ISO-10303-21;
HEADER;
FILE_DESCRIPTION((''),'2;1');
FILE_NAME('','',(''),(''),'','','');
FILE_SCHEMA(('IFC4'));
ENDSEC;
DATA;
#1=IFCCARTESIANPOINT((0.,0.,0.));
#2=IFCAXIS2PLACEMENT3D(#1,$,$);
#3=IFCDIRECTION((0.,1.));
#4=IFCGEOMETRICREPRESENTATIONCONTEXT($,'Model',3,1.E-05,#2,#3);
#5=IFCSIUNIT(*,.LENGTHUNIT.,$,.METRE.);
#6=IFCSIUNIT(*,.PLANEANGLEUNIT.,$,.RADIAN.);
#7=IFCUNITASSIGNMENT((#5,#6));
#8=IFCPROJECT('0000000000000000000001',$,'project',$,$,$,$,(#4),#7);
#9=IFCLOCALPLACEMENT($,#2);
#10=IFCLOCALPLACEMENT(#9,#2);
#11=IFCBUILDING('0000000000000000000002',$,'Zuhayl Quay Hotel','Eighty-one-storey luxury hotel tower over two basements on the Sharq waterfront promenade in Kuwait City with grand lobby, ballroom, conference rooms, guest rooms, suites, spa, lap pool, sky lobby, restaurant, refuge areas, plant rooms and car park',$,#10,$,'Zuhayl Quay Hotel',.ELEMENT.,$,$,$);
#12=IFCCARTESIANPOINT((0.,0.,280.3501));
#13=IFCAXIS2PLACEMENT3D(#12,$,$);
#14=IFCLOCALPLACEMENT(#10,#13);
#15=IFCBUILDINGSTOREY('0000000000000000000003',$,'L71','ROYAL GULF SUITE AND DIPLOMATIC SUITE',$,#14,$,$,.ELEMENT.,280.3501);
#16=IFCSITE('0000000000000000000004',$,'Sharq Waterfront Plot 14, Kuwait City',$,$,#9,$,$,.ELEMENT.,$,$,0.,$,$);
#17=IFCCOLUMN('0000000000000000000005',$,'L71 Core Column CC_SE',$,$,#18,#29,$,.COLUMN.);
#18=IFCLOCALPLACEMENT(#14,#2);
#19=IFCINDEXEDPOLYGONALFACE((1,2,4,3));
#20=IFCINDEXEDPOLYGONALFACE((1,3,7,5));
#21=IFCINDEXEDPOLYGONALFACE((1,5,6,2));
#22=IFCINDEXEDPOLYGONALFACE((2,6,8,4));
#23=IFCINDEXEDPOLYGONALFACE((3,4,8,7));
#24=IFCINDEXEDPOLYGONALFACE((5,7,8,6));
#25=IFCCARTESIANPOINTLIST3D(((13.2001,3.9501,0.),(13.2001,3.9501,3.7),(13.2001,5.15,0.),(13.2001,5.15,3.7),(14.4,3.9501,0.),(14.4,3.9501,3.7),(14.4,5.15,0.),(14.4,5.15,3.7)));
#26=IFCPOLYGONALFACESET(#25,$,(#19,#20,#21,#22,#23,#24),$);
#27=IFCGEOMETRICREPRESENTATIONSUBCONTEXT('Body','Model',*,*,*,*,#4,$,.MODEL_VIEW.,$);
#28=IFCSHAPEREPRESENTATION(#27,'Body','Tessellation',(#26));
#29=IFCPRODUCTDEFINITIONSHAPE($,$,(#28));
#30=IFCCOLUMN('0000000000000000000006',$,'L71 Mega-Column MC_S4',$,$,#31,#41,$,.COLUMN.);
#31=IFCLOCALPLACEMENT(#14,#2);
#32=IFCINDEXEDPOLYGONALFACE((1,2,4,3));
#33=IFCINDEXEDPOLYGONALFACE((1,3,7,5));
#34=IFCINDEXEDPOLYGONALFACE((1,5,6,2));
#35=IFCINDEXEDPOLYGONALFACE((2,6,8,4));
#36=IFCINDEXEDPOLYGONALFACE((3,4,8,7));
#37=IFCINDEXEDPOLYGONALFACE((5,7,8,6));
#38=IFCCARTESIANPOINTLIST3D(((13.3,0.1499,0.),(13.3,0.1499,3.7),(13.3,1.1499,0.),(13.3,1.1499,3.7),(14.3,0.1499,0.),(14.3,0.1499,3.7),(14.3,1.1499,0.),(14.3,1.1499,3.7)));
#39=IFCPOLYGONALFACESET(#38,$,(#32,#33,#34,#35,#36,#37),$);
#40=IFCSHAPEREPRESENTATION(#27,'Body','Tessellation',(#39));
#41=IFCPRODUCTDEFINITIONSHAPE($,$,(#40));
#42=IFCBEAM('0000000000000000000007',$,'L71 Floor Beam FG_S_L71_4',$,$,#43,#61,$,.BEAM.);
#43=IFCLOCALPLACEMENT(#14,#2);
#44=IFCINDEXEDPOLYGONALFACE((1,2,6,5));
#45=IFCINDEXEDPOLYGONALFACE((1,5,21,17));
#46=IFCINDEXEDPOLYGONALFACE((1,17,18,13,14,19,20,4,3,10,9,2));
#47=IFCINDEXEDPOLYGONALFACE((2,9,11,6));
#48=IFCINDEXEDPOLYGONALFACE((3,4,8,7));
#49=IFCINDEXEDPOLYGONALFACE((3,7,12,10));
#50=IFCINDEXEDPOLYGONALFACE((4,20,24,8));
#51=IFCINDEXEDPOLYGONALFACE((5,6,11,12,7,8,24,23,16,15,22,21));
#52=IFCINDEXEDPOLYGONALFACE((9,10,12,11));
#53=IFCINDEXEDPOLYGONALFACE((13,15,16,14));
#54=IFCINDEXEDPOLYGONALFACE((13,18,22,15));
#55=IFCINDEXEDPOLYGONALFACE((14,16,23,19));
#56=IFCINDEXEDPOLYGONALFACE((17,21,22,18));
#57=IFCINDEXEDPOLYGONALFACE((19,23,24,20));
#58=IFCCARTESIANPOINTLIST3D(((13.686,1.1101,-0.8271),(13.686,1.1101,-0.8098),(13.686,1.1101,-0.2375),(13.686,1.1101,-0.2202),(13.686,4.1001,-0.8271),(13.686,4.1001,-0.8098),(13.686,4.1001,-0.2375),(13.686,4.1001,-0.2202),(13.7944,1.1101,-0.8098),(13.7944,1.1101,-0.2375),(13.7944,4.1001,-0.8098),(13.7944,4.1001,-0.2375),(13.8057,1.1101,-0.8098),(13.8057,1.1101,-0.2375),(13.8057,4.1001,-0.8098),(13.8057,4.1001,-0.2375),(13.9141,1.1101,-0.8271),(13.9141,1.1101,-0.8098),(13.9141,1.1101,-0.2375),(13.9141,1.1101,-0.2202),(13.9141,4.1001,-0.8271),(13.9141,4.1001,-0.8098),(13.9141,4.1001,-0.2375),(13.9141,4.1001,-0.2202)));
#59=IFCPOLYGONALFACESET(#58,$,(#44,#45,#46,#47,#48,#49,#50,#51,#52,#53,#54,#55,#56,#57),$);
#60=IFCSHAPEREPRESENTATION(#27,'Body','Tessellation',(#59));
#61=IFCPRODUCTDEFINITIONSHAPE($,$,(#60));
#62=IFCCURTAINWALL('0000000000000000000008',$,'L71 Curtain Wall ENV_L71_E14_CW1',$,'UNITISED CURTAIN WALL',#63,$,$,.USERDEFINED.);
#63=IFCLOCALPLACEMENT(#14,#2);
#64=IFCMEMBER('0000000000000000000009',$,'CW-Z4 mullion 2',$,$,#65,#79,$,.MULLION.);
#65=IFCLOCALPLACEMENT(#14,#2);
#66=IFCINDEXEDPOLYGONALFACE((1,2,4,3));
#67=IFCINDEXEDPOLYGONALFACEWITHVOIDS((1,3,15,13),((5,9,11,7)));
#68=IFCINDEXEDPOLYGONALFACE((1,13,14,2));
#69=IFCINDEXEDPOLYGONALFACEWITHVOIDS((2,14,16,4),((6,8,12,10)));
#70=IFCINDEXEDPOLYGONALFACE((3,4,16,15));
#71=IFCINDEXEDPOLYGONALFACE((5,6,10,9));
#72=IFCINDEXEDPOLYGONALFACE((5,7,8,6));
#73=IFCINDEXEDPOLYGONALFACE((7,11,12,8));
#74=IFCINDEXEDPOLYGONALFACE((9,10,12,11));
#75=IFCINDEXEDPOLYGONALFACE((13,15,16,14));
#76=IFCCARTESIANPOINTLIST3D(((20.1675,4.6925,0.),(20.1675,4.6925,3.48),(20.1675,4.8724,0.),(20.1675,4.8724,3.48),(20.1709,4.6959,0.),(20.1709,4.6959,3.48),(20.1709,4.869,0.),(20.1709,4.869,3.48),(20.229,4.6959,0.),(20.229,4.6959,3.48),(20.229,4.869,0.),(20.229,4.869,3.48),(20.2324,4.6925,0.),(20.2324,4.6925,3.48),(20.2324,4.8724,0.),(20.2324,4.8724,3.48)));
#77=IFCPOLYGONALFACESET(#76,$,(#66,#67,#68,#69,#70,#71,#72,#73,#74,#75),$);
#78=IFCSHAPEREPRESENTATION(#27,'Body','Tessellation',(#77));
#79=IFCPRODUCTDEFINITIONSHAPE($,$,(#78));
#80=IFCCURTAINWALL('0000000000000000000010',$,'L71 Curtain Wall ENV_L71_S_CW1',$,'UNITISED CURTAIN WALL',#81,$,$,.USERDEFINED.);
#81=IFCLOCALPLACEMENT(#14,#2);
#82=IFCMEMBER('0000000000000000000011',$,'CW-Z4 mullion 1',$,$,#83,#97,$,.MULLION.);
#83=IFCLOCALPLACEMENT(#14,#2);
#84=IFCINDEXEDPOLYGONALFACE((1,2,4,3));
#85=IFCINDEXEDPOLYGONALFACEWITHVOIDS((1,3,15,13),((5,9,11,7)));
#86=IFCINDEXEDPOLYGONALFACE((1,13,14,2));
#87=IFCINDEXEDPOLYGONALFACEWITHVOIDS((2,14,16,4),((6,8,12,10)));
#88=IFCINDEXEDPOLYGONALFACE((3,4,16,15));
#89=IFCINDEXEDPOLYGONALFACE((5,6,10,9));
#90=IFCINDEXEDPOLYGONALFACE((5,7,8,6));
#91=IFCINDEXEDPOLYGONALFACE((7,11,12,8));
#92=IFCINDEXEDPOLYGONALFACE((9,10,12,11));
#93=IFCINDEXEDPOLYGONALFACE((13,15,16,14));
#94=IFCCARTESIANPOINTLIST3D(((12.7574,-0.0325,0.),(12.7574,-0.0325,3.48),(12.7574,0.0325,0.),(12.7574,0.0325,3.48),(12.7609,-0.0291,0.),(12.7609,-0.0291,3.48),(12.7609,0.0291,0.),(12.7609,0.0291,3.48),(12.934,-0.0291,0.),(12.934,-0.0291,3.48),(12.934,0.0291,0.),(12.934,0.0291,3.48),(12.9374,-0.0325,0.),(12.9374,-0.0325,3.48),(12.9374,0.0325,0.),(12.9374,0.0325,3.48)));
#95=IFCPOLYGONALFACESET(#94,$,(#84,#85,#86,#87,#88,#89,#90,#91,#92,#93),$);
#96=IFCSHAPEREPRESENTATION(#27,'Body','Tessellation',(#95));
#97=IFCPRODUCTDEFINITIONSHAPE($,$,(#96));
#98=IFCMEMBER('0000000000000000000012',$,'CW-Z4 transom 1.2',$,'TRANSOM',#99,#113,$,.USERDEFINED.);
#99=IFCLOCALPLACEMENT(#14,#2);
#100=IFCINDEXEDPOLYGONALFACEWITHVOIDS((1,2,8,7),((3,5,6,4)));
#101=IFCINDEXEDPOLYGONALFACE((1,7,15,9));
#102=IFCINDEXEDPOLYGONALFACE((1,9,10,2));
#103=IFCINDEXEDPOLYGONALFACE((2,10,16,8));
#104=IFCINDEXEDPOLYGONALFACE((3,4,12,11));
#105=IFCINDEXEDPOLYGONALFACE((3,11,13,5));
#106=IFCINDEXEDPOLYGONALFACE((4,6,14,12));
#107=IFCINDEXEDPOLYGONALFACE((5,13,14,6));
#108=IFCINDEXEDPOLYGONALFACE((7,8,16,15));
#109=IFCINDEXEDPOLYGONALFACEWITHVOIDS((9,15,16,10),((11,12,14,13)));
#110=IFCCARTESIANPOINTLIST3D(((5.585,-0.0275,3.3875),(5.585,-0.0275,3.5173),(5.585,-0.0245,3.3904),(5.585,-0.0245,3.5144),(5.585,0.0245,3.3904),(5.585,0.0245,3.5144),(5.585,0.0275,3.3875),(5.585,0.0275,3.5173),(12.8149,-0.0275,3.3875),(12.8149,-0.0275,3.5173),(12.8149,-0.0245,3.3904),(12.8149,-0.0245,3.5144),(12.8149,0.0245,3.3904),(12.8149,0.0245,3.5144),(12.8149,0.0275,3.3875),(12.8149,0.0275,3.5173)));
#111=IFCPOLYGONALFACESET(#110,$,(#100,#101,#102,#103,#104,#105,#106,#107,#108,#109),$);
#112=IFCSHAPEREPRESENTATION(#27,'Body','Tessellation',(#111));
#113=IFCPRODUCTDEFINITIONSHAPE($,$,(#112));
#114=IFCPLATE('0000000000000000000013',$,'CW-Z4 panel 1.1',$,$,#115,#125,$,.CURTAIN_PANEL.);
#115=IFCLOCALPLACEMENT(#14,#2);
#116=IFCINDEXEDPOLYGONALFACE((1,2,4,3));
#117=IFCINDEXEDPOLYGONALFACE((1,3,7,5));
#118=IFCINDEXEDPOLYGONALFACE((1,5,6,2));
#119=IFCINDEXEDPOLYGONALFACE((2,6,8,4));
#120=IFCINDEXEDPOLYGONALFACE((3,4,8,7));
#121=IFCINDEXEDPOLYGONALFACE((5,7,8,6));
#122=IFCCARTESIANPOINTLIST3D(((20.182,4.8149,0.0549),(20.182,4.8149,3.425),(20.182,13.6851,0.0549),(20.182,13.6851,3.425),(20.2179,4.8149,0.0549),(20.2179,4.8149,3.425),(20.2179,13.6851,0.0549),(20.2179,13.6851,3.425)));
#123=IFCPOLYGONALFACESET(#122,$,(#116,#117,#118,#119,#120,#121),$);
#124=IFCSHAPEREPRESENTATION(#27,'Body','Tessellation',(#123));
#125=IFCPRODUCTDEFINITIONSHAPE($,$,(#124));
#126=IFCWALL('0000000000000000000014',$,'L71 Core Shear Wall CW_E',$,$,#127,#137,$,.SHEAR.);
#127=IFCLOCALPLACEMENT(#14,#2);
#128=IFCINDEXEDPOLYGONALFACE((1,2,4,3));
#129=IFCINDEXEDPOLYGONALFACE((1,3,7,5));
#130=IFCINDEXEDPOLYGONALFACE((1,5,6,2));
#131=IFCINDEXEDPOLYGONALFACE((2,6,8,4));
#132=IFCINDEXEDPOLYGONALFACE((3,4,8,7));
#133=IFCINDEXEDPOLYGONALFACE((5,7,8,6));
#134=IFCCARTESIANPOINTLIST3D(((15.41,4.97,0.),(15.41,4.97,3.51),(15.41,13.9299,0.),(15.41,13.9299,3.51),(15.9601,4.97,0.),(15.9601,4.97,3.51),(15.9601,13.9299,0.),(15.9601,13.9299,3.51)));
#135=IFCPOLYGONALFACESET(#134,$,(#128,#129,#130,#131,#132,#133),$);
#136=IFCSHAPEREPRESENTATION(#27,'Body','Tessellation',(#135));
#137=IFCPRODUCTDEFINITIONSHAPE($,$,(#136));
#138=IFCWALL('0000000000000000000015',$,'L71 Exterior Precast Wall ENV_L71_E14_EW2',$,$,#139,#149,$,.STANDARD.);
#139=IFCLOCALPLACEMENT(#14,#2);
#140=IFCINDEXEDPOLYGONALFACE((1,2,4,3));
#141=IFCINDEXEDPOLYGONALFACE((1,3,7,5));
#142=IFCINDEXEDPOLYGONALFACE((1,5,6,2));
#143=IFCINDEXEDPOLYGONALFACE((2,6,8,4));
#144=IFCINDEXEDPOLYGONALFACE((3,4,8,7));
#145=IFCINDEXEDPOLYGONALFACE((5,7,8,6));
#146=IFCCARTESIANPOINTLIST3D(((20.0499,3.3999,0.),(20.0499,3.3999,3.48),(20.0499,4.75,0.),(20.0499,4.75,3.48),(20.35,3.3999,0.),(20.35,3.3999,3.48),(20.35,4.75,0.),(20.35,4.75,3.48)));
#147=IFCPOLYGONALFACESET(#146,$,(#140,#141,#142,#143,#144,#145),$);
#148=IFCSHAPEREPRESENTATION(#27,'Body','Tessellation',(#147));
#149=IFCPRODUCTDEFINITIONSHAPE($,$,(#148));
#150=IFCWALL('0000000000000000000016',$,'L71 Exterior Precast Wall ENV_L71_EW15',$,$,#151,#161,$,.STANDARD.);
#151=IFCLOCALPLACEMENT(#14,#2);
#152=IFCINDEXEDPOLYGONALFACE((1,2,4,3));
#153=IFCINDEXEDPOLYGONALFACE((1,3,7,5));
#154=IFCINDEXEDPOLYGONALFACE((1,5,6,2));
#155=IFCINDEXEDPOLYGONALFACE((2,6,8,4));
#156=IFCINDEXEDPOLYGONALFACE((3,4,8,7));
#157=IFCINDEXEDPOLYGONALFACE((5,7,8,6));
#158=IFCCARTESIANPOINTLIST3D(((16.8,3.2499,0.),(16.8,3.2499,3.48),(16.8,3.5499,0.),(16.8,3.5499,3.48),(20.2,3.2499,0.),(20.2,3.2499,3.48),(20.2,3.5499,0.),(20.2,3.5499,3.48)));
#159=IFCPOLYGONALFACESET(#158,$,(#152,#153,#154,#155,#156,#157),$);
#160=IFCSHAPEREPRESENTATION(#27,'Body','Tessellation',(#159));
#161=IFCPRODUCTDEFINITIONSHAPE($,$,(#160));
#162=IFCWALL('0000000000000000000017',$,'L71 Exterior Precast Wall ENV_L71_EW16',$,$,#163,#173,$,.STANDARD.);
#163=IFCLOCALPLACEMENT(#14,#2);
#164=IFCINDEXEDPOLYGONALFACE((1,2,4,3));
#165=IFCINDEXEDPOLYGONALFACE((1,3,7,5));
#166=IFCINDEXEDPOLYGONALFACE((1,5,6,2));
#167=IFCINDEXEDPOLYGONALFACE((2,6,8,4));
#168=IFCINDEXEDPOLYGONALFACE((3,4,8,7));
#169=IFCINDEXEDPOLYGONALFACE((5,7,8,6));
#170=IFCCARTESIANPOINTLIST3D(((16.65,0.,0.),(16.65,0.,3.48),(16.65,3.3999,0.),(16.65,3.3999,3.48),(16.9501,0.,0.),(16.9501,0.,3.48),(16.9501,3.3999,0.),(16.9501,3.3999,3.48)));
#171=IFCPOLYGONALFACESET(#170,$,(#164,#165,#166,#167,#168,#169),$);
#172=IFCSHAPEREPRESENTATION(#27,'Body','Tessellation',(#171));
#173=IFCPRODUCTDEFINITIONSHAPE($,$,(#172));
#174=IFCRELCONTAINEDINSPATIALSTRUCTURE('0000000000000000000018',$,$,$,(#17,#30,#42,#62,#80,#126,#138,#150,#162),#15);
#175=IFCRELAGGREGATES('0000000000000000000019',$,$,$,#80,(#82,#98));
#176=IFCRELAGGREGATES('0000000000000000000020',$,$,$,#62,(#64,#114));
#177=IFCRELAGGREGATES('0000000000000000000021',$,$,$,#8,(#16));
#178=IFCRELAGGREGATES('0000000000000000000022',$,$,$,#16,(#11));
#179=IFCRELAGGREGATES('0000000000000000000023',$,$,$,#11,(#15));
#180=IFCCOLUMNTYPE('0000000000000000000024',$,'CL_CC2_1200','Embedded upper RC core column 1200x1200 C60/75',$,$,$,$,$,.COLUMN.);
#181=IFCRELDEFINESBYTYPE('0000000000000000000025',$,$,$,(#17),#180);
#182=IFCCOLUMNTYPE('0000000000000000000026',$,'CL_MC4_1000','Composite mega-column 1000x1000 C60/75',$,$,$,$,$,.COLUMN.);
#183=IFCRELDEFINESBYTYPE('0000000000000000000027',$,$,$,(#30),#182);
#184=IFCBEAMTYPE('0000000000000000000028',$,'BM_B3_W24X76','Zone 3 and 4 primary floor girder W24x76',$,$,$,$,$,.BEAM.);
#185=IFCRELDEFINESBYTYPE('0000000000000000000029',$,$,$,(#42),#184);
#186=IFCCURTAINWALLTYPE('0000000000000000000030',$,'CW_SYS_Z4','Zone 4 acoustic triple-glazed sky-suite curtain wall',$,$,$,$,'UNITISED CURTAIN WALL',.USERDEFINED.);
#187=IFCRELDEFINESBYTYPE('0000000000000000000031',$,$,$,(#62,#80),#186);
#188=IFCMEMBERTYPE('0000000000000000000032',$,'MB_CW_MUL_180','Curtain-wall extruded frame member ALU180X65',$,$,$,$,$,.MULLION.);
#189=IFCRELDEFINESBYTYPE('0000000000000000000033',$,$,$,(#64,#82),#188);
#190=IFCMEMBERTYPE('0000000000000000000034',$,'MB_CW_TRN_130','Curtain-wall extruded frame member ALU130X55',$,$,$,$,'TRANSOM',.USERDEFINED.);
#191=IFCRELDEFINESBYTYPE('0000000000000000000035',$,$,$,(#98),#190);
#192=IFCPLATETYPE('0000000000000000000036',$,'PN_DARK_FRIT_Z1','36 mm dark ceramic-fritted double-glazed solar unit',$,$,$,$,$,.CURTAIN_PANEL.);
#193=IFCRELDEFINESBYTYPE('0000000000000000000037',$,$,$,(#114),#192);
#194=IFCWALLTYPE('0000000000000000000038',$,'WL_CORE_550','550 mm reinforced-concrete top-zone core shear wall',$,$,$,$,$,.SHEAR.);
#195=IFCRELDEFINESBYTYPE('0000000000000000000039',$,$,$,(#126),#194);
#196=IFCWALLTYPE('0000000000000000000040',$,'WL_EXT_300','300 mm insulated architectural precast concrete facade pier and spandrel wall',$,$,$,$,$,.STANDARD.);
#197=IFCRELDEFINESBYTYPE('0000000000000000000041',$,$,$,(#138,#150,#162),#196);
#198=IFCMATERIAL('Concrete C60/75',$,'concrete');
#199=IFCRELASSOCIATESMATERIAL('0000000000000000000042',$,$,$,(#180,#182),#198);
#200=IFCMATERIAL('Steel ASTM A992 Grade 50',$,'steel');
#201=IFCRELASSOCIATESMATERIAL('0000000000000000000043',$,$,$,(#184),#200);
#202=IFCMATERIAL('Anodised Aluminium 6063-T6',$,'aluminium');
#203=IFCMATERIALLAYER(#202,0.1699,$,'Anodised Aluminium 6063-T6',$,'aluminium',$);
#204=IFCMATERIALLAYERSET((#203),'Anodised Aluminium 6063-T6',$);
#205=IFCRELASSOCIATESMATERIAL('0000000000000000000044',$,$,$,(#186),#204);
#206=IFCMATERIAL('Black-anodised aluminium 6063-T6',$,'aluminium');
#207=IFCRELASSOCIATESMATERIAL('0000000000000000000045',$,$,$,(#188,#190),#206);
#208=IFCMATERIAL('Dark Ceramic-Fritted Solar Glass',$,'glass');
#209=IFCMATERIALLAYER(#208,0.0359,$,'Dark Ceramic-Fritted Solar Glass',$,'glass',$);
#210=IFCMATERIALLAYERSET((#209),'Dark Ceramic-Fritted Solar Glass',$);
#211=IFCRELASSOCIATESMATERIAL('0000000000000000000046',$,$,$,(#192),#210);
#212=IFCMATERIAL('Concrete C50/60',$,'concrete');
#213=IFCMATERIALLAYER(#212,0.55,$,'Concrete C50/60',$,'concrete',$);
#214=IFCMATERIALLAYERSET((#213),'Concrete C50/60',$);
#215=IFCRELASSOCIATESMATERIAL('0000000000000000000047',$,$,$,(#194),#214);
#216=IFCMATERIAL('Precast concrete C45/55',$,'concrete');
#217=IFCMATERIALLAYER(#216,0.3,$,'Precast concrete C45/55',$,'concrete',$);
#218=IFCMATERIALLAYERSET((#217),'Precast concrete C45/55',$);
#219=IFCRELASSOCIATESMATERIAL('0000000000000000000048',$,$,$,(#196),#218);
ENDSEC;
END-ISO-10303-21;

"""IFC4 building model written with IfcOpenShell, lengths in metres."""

from ifc_helpers import new_model, si_unit, direction, frame, frame_2d, origin, origin_2d, place, context, subcontext, project, spatial, rectangle, hollow_rectangle, i_section, extrude, material, layer, layer_set, material_profile, profile_set, type_object, element, aggregate, save


model = new_model("IFC4")

# Units and contexts
model_context = context("Model", 3, precision=1e-05, world=origin(), true_north=direction((0.0, 1.0)))
body_context = subcontext(model_context, "Body", "Model", "MODEL_VIEW")
ifc_project = project(units=[si_unit("LENGTHUNIT", "METRE"), si_unit("PLANEANGLEUNIT", "RADIAN")], contexts=[model_context])

# Site, building, storey
site_placement = place(None, origin())
site = spatial("IfcSite", under=ifc_project, at=site_placement, Name="Sharq Waterfront Plot 14, Kuwait City", CompositionType="ELEMENT", RefElevation=0.0)
building_placement = place(site_placement, origin())
building = spatial("IfcBuilding", under=site, at=building_placement, Name="Zuhayl Quay Hotel", Description="Eighty-one-storey luxury hotel tower over two basements on the Sharq waterfront promenade in Kuwait City with grand lobby, ballroom, conference rooms, guest rooms, suites, spa, lap pool, sky lobby, restaurant, refuge areas, plant rooms and car park", LongName="Zuhayl Quay Hotel", CompositionType="ELEMENT")
storey_placement = place(building_placement, frame((0.0, 0.0, 280.3501)))
storey = spatial("IfcBuildingStorey", under=building, at=storey_placement, Name="L71", Description="ROYAL GULF SUITE AND DIPLOMATIC SUITE", CompositionType="ELEMENT", Elevation=280.3501)

# Columns
ifc_material_1 = material(Name="Concrete C60/75", Category="concrete")
ifc_material_profile_1 = material_profile(ifc_material_1, rectangle(XDim=1.2, YDim=1.2, at=origin_2d()), Name="RC1200X1200")
ifc_profile_set_1 = profile_set([ifc_material_profile_1], Name="Concrete C60/75")
column_type_1 = type_object("IfcColumnType", Name="CL_CC2_1200", Description="Embedded upper RC core column 1200x1200 C60/75", PredefinedType="COLUMN", material=ifc_profile_set_1)
column_1_placement = place(storey_placement, frame((13.8, 4.55, 0.0), z_axis=(0.0, 0.0, 1.0), x_axis=(1.0, 0.0, 0.0)))
element("IfcColumn", 1, at=column_1_placement, inside=storey, type_object=column_type_1, Name="L71 Core Column CC_SE", PredefinedType="COLUMN", context=body_context, shape_type="SweptSolid", body=[
    extrude(rectangle(XDim=1.2, YDim=1.2, at=origin_2d()), origin(), (0.0, 0.0, 1.0), 3.7),
])
ifc_material_profile_2 = material_profile(ifc_material_1, rectangle(XDim=1.0, YDim=1.0, at=origin_2d()), Name="RC1000X1000")
ifc_profile_set_2 = profile_set([ifc_material_profile_2], Name="Concrete C60/75")
column_type_2 = type_object("IfcColumnType", Name="CL_MC4_1000", Description="Composite mega-column 1000x1000 C60/75", PredefinedType="COLUMN", material=ifc_profile_set_2)
column_2_placement = place(storey_placement, frame((13.8, 0.6499, 0.0), z_axis=(0.0, 0.0, 1.0), x_axis=(1.0, 0.0, 0.0)))
element("IfcColumn", 2, at=column_2_placement, inside=storey, type_object=column_type_2, Name="L71 Mega-Column MC_S4", PredefinedType="COLUMN", context=body_context, shape_type="SweptSolid", body=[
    extrude(rectangle(XDim=1.0, YDim=1.0, at=origin_2d()), origin(), (0.0, 0.0, 1.0), 3.7),
])

# Beam
ifc_material_2 = material(Name="Steel ASTM A992 Grade 50", Category="steel")
ifc_material_profile_3 = material_profile(ifc_material_2, i_section(OverallWidth=0.228, OverallDepth=0.6069, WebThickness=0.0112, FlangeThickness=0.0173, at=origin_2d()), Name="W24X76")
ifc_profile_set_3 = profile_set([ifc_material_profile_3], Name="Steel ASTM A992 Grade 50")
beam_type = type_object("IfcBeamType", Name="BM_B3_W24X76", Description="Zone 3 and 4 primary floor girder W24x76", PredefinedType="BEAM", material=ifc_profile_set_3)
beam_placement = place(storey_placement, frame((13.8, 1.1101, -0.5237), z_axis=(0.0, 1.0, 0.0), x_axis=(-1.0, 0.0, 0.0)))
element("IfcBeam", 3, at=beam_placement, inside=storey, type_object=beam_type, Name="L71 Floor Beam FG_S_L71_4", PredefinedType="BEAM", context=body_context, shape_type="SweptSolid", body=[
    extrude(i_section(OverallWidth=0.228, OverallDepth=0.6069, WebThickness=0.0112, FlangeThickness=0.0173, at=origin_2d()), origin(), (0.0, 0.0, 1.0), 2.99),
])

# Curtain wall, member
ifc_material_3 = material(Name="Anodised Aluminium 6063-T6", Category="aluminium")
ifc_layer_1 = layer(ifc_material_3, 0.1699, Name="Anodised Aluminium 6063-T6", Category="aluminium")
ifc_layer_set_1 = layer_set([ifc_layer_1], Name="Anodised Aluminium 6063-T6")
curtain_wall_type = type_object("IfcCurtainWallType", Name="CW_SYS_Z4", Description="Zone 4 acoustic triple-glazed sky-suite curtain wall", ElementType="UNITISED CURTAIN WALL", PredefinedType="USERDEFINED", material=ifc_layer_set_1)
curtain_wall_1_placement = place(storey_placement, origin())
curtain_wall_1 = element("IfcCurtainWall", 4, at=curtain_wall_1_placement, inside=storey, type_object=curtain_wall_type, Name="L71 Curtain Wall ENV_L71_E14_CW1", ObjectType="UNITISED CURTAIN WALL", PredefinedType="USERDEFINED")
ifc_material_4 = material(Name="Black-anodised aluminium 6063-T6", Category="aluminium")
ifc_material_profile_4 = material_profile(ifc_material_4, hollow_rectangle(XDim=0.0649, YDim=0.1799, WallThickness=0.0034, at=origin_2d()), Name="ALU180X65")
ifc_profile_set_4 = profile_set([ifc_material_profile_4], Name="Black-anodised aluminium 6063-T6")
member_type_1 = type_object("IfcMemberType", Name="MB_CW_MUL_180", Description="Curtain-wall extruded frame member ALU180X65", PredefinedType="MULLION", material=ifc_profile_set_4)
member_1_placement = place(storey_placement, frame((20.2, 4.7825, 0.0), z_axis=(0.0, 0.0, 1.0), x_axis=(1.0, 0.0, 0.0)))
member_1 = element("IfcMember", 5, at=member_1_placement, type_object=member_type_1, Name="CW-Z4 mullion 2", PredefinedType="MULLION", context=body_context, shape_type="SweptSolid", body=[
    extrude(hollow_rectangle(XDim=0.0649, YDim=0.1799, WallThickness=0.0034, at=origin_2d()), origin(), (0.0, 0.0, 1.0), 3.48),
])

# Curtain wall, members
curtain_wall_2_placement = place(storey_placement, origin())
curtain_wall_2 = element("IfcCurtainWall", 6, at=curtain_wall_2_placement, inside=storey, type_object=curtain_wall_type, Name="L71 Curtain Wall ENV_L71_S_CW1", ObjectType="UNITISED CURTAIN WALL", PredefinedType="USERDEFINED")
member_2_placement = place(storey_placement, frame((12.8474, 0.0, 0.0), z_axis=(0.0, 0.0, 1.0), x_axis=(0.0, -1.0, 0.0)))
member_2 = element("IfcMember", 7, at=member_2_placement, type_object=member_type_1, Name="CW-Z4 mullion 1", PredefinedType="MULLION", context=body_context, shape_type="SweptSolid", body=[
    extrude(hollow_rectangle(XDim=0.0649, YDim=0.1799, WallThickness=0.0034, at=origin_2d()), origin(), (0.0, 0.0, 1.0), 3.48),
])
ifc_material_profile_5 = material_profile(ifc_material_4, hollow_rectangle(XDim=0.0549, YDim=0.1299, WallThickness=0.0029, at=origin_2d()), Name="ALU130X55")
ifc_profile_set_5 = profile_set([ifc_material_profile_5], Name="Black-anodised aluminium 6063-T6")
member_type_2 = type_object("IfcMemberType", Name="MB_CW_TRN_130", Description="Curtain-wall extruded frame member ALU130X55", ElementType="TRANSOM", PredefinedType="USERDEFINED", material=ifc_profile_set_5)
member_3_placement = place(storey_placement, frame((12.8149, 0.0, 3.4524), z_axis=(-1.0, 0.0, 0.0), x_axis=(0.0, -1.0, 0.0)))
member_3 = element("IfcMember", 8, at=member_3_placement, type_object=member_type_2, Name="CW-Z4 transom 1.2", ObjectType="TRANSOM", PredefinedType="USERDEFINED", context=body_context, shape_type="SweptSolid", body=[
    extrude(hollow_rectangle(XDim=0.0549, YDim=0.1299, WallThickness=0.0029, at=origin_2d()), origin(), (0.0, 0.0, 1.0), 7.23),
])
aggregate(curtain_wall_2, [member_2, member_3])

# Plate
ifc_material_5 = material(Name="Dark Ceramic-Fritted Solar Glass", Category="glass")
ifc_layer_2 = layer(ifc_material_5, 0.0359, Name="Dark Ceramic-Fritted Solar Glass", Category="glass")
ifc_layer_set_2 = layer_set([ifc_layer_2], Name="Dark Ceramic-Fritted Solar Glass")
plate_type = type_object("IfcPlateType", Name="PN_DARK_FRIT_Z1", Description="36 mm dark ceramic-fritted double-glazed solar unit", PredefinedType="CURTAIN_PANEL", material=ifc_layer_set_2)
plate_placement = place(storey_placement, frame((20.2, 9.25, 0.0549), z_axis=(0.0, 0.0, 1.0), x_axis=(0.0, -1.0, 0.0)))
plate = element("IfcPlate", 9, at=plate_placement, type_object=plate_type, Name="CW-Z4 panel 1.1", PredefinedType="CURTAIN_PANEL", context=body_context, shape_type="SweptSolid", body=[
    extrude(rectangle(XDim=8.8701, YDim=0.0359, at=origin_2d()), origin(), (0.0, 0.0, 1.0), 3.3701),
])
aggregate(curtain_wall_1, [member_1, plate])

# Walls
ifc_material_6 = material(Name="Concrete C50/60", Category="concrete")
ifc_layer_3 = layer(ifc_material_6, 0.55, Name="Concrete C50/60", Category="concrete")
ifc_layer_set_3 = layer_set([ifc_layer_3], Name="Concrete C50/60")
wall_type_1 = type_object("IfcWallType", Name="WL_CORE_550", Description="550 mm reinforced-concrete top-zone core shear wall", PredefinedType="SHEAR", material=ifc_layer_set_3)
wall_1_placement = place(storey_placement, frame((15.6851, 4.97, 0.0), z_axis=(0.0, 0.0, 1.0), x_axis=(0.0, 1.0, 0.0)))
element("IfcWall", 10, at=wall_1_placement, inside=storey, type_object=wall_type_1, Name="L71 Core Shear Wall CW_E", PredefinedType="SHEAR", context=body_context, shape_type="SweptSolid", body=[
    extrude(rectangle(XDim=8.96, YDim=0.55, at=frame_2d((4.48, 0.0))), origin(), (0.0, 0.0, 1.0), 3.51),
])
ifc_material_7 = material(Name="Precast concrete C45/55", Category="concrete")
ifc_layer_4 = layer(ifc_material_7, 0.3, Name="Precast concrete C45/55", Category="concrete")
ifc_layer_set_4 = layer_set([ifc_layer_4], Name="Precast concrete C45/55")
wall_type_2 = type_object("IfcWallType", Name="WL_EXT_300", Description="300 mm insulated architectural precast concrete facade pier and spandrel wall", PredefinedType="STANDARD", material=ifc_layer_set_4)
wall_2_placement = place(storey_placement, frame((20.2, 4.75, 0.0), z_axis=(0.0, 0.0, 1.0), x_axis=(0.0, -1.0, 0.0)))
element("IfcWall", 11, at=wall_2_placement, inside=storey, type_object=wall_type_2, Name="L71 Exterior Precast Wall ENV_L71_E14_EW2", PredefinedType="STANDARD", context=body_context, shape_type="SweptSolid", body=[
    extrude(rectangle(XDim=1.3501, YDim=0.3, at=frame_2d((0.675, 0.0))), origin(), (0.0, 0.0, 1.0), 3.48),
])
for number, where, z_axis, x_axis, name in (
    (12, (20.2, 3.3999, 0.0), (0.0, 0.0, 1.0), (-1.0, 0.0, 0.0), "L71 Exterior Precast Wall ENV_L71_EW15"),
    (13, (16.8, 3.3999, 0.0), (0.0, 0.0, 1.0), (0.0, -1.0, 0.0), "L71 Exterior Precast Wall ENV_L71_EW16"),
):
    element("IfcWall", number, at=place(storey_placement, frame(where, z_axis=z_axis, x_axis=x_axis)), inside=storey, type_object=wall_type_2, Name=name, PredefinedType="STANDARD", context=body_context, shape_type="SweptSolid", body=[
        extrude(rectangle(XDim=3.3999, YDim=0.3, at=frame_2d((1.7, 0.0))), origin(), (0.0, 0.0, 1.0), 3.48),
    ])

save(model, "model.ifc")
